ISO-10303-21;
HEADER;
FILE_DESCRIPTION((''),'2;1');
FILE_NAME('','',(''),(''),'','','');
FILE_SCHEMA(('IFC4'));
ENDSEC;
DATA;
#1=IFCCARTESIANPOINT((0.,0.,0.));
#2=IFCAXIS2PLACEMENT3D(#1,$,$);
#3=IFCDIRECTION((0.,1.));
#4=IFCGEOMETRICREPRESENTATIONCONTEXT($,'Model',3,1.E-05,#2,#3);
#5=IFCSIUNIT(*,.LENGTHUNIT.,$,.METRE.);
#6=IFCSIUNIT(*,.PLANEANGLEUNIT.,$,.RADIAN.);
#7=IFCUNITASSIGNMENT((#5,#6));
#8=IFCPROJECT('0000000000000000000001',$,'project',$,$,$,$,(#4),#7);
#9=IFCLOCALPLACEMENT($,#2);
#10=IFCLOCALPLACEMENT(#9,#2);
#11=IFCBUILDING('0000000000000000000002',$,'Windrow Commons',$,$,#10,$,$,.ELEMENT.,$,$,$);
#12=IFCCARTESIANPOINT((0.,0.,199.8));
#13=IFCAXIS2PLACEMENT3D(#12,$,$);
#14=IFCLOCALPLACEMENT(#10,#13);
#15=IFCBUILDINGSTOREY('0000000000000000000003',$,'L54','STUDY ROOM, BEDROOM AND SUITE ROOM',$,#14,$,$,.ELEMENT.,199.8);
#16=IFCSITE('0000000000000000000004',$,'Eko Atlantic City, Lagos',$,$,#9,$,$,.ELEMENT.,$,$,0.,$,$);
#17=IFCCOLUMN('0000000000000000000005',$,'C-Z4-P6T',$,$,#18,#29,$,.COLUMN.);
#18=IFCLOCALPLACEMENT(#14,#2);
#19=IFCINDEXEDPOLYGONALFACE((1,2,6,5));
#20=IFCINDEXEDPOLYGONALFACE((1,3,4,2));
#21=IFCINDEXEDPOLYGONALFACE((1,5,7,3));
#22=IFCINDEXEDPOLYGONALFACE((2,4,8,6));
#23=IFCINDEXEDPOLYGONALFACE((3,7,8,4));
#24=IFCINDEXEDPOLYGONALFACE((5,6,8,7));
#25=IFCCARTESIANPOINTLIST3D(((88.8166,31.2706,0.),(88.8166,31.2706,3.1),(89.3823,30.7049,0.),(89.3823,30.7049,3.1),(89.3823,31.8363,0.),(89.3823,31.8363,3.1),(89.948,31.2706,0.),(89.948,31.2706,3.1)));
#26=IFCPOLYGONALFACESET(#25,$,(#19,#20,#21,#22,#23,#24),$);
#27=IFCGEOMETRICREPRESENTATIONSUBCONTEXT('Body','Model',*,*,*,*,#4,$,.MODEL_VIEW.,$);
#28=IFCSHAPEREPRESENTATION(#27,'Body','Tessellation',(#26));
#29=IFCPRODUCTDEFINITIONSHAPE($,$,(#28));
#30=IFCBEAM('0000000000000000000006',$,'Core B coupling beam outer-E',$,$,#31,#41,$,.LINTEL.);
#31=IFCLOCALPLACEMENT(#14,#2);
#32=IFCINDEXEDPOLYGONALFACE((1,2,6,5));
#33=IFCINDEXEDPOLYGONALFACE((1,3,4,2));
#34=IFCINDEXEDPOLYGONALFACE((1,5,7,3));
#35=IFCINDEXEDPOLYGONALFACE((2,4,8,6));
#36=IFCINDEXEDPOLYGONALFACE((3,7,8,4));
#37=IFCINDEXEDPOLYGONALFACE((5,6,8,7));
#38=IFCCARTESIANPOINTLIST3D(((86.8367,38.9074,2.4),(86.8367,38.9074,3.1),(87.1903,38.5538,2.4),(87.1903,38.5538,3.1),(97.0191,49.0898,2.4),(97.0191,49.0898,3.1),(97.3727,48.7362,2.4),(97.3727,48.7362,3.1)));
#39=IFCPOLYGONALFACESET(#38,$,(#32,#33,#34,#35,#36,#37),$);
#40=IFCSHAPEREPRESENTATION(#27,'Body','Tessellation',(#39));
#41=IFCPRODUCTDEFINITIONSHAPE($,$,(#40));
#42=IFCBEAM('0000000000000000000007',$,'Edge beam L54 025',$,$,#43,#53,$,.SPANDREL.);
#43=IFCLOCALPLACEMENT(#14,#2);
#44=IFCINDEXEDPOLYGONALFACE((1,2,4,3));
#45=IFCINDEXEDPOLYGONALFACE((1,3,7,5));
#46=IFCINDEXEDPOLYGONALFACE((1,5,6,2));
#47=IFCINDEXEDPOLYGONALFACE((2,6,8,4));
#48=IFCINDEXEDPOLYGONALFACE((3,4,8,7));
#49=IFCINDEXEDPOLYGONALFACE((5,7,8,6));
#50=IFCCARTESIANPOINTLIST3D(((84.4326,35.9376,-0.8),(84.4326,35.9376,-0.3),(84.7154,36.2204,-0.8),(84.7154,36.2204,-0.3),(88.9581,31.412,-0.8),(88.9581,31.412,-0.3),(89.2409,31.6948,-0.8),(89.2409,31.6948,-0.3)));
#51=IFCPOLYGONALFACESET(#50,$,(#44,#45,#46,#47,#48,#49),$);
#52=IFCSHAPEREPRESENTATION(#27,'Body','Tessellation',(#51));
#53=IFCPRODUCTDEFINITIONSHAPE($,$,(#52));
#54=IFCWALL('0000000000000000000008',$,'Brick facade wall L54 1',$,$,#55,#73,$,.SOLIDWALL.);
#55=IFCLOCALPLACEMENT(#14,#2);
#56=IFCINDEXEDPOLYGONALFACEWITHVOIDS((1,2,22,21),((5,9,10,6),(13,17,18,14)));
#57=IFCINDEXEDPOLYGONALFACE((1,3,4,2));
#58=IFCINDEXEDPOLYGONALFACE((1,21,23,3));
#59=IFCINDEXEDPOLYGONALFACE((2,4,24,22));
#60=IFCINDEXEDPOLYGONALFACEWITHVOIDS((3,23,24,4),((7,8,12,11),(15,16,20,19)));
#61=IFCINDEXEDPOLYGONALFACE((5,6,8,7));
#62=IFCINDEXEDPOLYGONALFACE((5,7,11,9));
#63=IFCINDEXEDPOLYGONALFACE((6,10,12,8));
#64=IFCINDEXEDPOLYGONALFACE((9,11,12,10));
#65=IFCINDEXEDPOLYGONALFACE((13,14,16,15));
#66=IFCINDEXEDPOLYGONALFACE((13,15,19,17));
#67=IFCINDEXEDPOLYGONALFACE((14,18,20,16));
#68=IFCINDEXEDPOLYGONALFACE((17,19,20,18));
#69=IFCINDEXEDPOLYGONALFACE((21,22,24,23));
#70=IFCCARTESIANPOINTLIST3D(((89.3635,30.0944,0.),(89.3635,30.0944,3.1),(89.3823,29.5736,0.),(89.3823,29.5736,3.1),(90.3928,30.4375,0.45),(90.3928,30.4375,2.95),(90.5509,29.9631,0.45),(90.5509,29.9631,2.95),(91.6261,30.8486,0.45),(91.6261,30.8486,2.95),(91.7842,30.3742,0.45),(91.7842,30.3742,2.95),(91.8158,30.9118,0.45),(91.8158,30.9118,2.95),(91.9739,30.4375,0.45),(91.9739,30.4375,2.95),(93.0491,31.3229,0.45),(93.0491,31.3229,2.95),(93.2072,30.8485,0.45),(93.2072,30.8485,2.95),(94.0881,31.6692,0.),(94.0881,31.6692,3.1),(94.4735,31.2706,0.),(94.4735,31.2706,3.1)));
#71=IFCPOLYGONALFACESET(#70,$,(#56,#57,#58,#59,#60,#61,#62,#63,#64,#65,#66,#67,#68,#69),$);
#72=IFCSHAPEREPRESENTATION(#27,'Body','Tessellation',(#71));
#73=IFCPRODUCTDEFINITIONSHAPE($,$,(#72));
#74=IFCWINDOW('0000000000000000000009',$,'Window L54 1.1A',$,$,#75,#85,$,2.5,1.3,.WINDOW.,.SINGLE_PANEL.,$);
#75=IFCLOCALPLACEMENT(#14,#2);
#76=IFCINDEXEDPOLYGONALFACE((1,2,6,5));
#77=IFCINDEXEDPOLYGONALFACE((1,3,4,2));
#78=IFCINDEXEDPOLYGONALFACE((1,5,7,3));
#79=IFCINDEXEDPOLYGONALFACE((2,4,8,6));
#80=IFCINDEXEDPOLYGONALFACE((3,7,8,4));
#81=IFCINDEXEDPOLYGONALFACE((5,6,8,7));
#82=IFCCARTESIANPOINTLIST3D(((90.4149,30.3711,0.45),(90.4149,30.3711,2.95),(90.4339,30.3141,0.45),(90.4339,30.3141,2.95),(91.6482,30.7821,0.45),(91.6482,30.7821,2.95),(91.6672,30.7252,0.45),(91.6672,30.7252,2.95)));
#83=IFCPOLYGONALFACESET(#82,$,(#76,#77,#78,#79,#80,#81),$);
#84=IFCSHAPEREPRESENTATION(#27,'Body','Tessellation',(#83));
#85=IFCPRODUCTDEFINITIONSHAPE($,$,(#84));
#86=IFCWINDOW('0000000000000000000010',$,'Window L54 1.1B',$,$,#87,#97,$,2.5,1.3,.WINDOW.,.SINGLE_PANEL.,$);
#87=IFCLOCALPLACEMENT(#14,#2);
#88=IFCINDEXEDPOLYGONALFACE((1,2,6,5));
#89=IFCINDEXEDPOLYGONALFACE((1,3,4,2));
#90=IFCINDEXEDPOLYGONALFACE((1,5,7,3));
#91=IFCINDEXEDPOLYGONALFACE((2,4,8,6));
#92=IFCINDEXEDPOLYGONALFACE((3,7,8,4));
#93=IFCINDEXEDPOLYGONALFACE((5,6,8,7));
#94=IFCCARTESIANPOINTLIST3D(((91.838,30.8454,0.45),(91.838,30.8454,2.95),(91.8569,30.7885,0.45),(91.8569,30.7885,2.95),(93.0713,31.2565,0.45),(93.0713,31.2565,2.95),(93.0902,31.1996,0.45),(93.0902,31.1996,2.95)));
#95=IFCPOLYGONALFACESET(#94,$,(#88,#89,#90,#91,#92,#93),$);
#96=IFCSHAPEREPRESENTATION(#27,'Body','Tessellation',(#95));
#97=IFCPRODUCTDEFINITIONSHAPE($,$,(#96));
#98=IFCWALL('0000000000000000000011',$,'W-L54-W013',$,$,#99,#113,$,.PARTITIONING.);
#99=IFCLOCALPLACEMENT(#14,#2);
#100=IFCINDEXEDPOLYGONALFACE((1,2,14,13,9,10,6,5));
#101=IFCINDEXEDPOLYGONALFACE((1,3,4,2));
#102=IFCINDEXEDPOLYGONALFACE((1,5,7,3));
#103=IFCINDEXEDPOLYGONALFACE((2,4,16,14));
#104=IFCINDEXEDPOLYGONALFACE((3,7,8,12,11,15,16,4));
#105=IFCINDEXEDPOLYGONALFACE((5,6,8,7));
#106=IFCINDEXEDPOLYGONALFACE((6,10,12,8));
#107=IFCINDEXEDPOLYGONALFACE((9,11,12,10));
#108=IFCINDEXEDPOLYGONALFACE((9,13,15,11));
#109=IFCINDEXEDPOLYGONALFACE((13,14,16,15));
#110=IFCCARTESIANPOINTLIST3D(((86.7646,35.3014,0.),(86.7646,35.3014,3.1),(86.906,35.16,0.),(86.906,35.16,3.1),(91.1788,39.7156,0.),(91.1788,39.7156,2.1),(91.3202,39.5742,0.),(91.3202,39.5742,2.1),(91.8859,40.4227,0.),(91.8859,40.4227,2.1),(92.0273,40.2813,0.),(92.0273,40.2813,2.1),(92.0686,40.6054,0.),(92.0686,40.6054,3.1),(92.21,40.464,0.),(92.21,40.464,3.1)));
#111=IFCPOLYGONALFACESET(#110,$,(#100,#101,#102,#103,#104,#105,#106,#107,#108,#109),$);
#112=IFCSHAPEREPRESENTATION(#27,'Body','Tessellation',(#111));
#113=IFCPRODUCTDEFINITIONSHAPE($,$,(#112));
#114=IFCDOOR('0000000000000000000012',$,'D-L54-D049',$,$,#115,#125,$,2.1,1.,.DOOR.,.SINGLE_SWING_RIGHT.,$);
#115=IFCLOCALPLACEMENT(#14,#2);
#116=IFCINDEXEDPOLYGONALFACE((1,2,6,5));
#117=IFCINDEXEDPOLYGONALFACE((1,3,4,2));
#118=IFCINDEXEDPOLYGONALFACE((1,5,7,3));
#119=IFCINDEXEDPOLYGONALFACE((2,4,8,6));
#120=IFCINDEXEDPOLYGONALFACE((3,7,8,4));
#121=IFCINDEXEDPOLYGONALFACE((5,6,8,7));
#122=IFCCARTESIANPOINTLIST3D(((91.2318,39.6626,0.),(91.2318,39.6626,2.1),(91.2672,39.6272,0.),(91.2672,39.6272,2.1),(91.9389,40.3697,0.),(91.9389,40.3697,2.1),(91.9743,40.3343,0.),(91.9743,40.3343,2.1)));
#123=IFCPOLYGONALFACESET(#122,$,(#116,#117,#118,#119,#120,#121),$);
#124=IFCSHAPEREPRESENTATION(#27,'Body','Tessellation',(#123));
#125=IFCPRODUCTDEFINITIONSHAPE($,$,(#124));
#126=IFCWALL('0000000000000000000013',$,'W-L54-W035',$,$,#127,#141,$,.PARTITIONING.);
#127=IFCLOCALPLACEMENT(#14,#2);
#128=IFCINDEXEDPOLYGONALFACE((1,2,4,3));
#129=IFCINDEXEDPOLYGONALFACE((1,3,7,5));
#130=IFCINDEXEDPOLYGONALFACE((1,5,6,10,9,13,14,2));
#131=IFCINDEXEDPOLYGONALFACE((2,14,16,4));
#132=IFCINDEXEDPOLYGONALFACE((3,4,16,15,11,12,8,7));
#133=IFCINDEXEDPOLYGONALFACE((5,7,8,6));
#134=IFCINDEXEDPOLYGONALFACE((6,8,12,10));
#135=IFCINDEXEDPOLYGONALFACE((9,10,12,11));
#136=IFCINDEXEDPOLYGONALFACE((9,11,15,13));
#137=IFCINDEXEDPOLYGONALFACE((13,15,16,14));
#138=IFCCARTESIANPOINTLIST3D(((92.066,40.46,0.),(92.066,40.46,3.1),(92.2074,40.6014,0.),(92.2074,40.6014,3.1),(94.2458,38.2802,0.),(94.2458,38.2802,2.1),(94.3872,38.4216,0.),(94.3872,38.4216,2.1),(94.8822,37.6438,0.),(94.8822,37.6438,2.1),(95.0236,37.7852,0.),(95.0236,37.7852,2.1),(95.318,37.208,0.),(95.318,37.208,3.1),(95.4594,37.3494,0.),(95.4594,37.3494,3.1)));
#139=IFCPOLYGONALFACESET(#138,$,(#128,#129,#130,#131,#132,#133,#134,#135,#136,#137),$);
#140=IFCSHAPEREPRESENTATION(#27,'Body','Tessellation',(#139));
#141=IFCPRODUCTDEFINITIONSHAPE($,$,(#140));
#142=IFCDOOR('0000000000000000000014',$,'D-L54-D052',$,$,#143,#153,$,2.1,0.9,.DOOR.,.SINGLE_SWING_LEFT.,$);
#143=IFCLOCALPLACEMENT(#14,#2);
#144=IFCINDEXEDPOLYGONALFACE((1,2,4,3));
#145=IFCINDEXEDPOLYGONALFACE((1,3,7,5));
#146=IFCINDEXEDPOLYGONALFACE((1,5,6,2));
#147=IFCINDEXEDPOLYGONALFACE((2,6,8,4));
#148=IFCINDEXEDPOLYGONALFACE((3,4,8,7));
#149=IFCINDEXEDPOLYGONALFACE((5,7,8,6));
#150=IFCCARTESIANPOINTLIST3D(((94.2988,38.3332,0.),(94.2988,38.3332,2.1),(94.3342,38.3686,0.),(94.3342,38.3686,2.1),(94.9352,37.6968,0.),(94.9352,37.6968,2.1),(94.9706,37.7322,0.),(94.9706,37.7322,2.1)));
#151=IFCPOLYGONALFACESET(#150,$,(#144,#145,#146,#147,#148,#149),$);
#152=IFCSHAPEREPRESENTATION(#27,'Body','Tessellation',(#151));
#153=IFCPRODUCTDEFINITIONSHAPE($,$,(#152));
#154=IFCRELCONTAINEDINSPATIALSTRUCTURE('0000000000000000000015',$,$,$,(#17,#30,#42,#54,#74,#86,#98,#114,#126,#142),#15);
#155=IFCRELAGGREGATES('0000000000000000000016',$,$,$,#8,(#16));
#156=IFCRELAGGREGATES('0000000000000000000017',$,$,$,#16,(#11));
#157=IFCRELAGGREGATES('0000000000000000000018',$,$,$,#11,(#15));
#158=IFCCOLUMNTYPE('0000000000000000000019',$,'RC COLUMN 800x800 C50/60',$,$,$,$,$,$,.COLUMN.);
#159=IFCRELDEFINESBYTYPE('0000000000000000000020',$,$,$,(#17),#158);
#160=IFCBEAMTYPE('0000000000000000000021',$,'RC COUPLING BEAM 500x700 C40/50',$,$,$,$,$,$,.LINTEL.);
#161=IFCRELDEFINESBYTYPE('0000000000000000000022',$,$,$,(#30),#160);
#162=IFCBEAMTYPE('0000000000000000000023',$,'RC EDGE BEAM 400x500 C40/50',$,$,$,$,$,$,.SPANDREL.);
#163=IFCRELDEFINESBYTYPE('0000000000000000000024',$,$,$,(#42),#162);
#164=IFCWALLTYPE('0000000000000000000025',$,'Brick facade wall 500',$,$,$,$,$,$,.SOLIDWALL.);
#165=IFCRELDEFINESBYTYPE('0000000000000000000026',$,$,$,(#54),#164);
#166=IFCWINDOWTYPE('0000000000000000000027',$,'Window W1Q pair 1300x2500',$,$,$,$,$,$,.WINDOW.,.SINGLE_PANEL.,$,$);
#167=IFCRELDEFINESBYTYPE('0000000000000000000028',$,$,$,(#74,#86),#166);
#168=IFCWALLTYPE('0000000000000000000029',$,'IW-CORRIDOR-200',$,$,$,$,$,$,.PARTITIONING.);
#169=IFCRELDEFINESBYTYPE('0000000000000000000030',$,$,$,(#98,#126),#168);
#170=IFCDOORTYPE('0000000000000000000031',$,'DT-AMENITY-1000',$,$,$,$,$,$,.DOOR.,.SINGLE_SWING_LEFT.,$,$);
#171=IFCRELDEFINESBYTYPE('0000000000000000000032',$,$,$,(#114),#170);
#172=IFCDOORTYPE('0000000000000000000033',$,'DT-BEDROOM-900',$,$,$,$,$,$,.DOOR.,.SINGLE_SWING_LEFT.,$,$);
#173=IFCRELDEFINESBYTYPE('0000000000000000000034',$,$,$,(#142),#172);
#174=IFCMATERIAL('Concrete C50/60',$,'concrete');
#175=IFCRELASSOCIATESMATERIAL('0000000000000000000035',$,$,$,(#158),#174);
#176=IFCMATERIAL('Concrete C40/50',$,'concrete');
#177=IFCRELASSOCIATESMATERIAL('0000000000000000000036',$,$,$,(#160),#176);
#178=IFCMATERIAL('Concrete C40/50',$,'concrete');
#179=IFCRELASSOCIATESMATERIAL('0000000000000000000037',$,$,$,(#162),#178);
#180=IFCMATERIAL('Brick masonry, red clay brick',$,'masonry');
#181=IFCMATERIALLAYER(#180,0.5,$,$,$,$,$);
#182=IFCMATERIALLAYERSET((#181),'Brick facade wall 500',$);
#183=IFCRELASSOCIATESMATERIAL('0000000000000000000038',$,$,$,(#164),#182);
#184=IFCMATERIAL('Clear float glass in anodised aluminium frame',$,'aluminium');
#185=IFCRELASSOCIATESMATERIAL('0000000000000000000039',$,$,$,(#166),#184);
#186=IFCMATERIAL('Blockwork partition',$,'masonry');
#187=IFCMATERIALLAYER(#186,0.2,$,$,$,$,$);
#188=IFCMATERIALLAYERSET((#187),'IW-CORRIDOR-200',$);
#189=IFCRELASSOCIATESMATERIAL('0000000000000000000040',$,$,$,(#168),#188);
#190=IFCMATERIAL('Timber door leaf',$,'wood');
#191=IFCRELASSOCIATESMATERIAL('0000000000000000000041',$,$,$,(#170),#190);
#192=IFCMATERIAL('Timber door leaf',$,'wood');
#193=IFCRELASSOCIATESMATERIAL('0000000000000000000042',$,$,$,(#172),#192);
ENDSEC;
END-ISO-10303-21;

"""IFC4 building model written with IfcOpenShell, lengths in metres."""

from ifc_helpers import new_model, si_unit, direction, frame, frame_2d, origin, origin_2d, place, context, subcontext, project, spatial, polyline, rectangle, outline, extrude, material, layer, layer_set, material_profile, profile_set, type_object, element, fill, save


model = new_model("IFC4")

# Units and contexts
model_context = context("Model", 3, precision=1e-05, world=origin(), true_north=direction((0.0, 1.0)))
body_context = subcontext(model_context, "Body", "Model", "MODEL_VIEW")
ifc_project = project(units=[si_unit("LENGTHUNIT", "METRE"), si_unit("PLANEANGLEUNIT", "RADIAN")], contexts=[model_context])

# Site, building, storey
site_placement = place(None, origin())
site = spatial("IfcSite", under=ifc_project, at=site_placement, Name="Eko Atlantic City, Lagos", CompositionType="ELEMENT", RefElevation=0.0)
building_placement = place(site_placement, origin())
building = spatial("IfcBuilding", under=site, at=building_placement, Name="Windrow Commons", CompositionType="ELEMENT")
storey_placement = place(building_placement, frame((0.0, 0.0, 199.8)))
storey = spatial("IfcBuildingStorey", under=building, at=storey_placement, Name="L54", Description="STUDY ROOM, BEDROOM AND SUITE ROOM", CompositionType="ELEMENT", Elevation=199.8)

# Column
ifc_material_1 = material(Name="Concrete C50/60", Category="concrete")
ifc_material_profile_1 = material_profile(ifc_material_1, rectangle(XDim=0.8, YDim=0.8, at=origin_2d()))
ifc_profile_set_1 = profile_set([ifc_material_profile_1], Name="Concrete C50/60")
column_type = type_object("IfcColumnType", Name="RC COLUMN 800x800 C50/60", PredefinedType="COLUMN", material=ifc_profile_set_1)
column_placement = place(storey_placement, frame((89.3823, 31.2706, 0.0), z_axis=(0.0, 0.0, 1.0), x_axis=(0.707107, -0.707107, 0.0)))
element("IfcColumn", 1, at=column_placement, inside=storey, type_object=column_type, Name="C-Z4-P6T", PredefinedType="COLUMN", context=body_context, shape_type="SweptSolid", body=[
    extrude(rectangle(XDim=0.8, YDim=0.8, at=origin_2d()), origin(), (0.0, 0.0, 1.0), 3.1),
])

# Beams
ifc_material_2 = material(Name="Concrete C40/50", Category="concrete")
ifc_material_profile_2 = material_profile(ifc_material_2, rectangle(XDim=0.5, YDim=0.7, at=origin_2d()))
ifc_profile_set_2 = profile_set([ifc_material_profile_2], Name="Concrete C40/50")
beam_type_1 = type_object("IfcBeamType", Name="RC COUPLING BEAM 500x700 C40/50", PredefinedType="LINTEL", material=ifc_profile_set_2)
beam_1_placement = place(storey_placement, frame((87.0135, 38.7306, 2.75), z_axis=(0.707107, 0.707107, 0.0), x_axis=(-0.707107, 0.707107, 0.0)))
element("IfcBeam", 2, at=beam_1_placement, inside=storey, type_object=beam_type_1, Name="Core B coupling beam outer-E", PredefinedType="LINTEL", context=body_context, shape_type="SweptSolid", body=[
    extrude(rectangle(XDim=0.5, YDim=0.7, at=origin_2d()), origin(), (0.0, 0.0, 1.0), 14.4001),
])
ifc_material_3 = material(Name="Concrete C40/50", Category="concrete")
ifc_material_profile_3 = material_profile(ifc_material_3, rectangle(XDim=0.4, YDim=0.5, at=origin_2d()))
ifc_profile_set_3 = profile_set([ifc_material_profile_3], Name="Concrete C40/50")
beam_type_2 = type_object("IfcBeamType", Name="RC EDGE BEAM 400x500 C40/50", PredefinedType="SPANDREL", material=ifc_profile_set_3)
beam_2_placement = place(storey_placement, frame((89.0995, 31.5534, -0.55), z_axis=(-0.707099, 0.707115, 0.0), x_axis=(-0.707115, -0.707099, 0.0)))
element("IfcBeam", 3, at=beam_2_placement, inside=storey, type_object=beam_type_2, Name="Edge beam L54 025", PredefinedType="SPANDREL", context=body_context, shape_type="SweptSolid", body=[
    extrude(rectangle(XDim=0.4, YDim=0.5, at=origin_2d()), origin(), (0.0, 0.0, 1.0), 6.4001),
])

# Wall, openings, windows
ifc_material_4 = material(Name="Brick masonry, red clay brick", Category="masonry")
ifc_layer_1 = layer(ifc_material_4, 0.5)
ifc_layer_set_1 = layer_set([ifc_layer_1], Name="Brick facade wall 500")
wall_type_1 = type_object("IfcWallType", Name="Brick facade wall 500", PredefinedType="SOLIDWALL", material=ifc_layer_set_1)
wall_1_placement = place(storey_placement, frame((89.3729, 29.834, 0.0), z_axis=(0.0, 0.0, 1.0), x_axis=(0.948687, 0.316216, 0.0)))
wall_1 = element("IfcWall", 4, at=wall_1_placement, inside=storey, type_object=wall_type_1, Name="Brick facade wall L54 1", PredefinedType="SOLIDWALL", context=body_context, shape_type="SweptSolid", body=[
    extrude(outline(polyline([(-0.0734, -0.25), (5.2931, -0.25), (5.0536, 0.25), (0.0734, 0.25), (-0.0734, -0.25)])), origin(), (0.0, 0.0, 1.0), 3.1),
])
opening_1_placement = place(wall_1_placement, frame((1.1584, 0.0, 0.45)))
opening_1 = element("IfcOpeningElement", 5, at=opening_1_placement, cuts=wall_1, PredefinedType="OPENING", context=body_context, shape_type="SweptSolid", body=[
    extrude(rectangle(XDim=1.3, YDim=2.5, at=frame_2d((0.65, 1.25))), frame((0.0, 0.26, 0.0), z_axis=(0.0, -1.0, 0.0), x_axis=(1.0, 0.0, 0.0)), (0.0, 0.0, 1.0), 0.52),
])
opening_2_placement = place(wall_1_placement, frame((2.6584, 0.0, 0.45)))
opening_2 = element("IfcOpeningElement", 6, at=opening_2_placement, cuts=wall_1, PredefinedType="OPENING", context=body_context, shape_type="SweptSolid", body=[
    extrude(rectangle(XDim=1.3, YDim=2.5, at=frame_2d((0.65, 1.25))), frame((0.0, 0.26, 0.0), z_axis=(0.0, -1.0, 0.0), x_axis=(1.0, 0.0, 0.0)), (0.0, 0.0, 1.0), 0.52),
])
ifc_material_5 = material(Name="Clear float glass in anodised aluminium frame", Category="aluminium")
window_type = type_object("IfcWindowType", Name="Window W1Q pair 1300x2500", PartitioningType="SINGLE_PANEL", PredefinedType="WINDOW", material=ifc_material_5)
window_1_placement = place(opening_1_placement, origin())
window_1 = element("IfcWindow", 7, at=window_1_placement, inside=storey, type_object=window_type, Name="Window L54 1.1A", OverallHeight=2.5, OverallWidth=1.3, PartitioningType="SINGLE_PANEL", PredefinedType="WINDOW", context=body_context, shape_type="SweptSolid", body=[
    extrude(rectangle(XDim=1.3, YDim=2.5, at=frame_2d((0.65, 1.25))), frame((0.0, 0.18, 0.0), z_axis=(0.0, -1.0, 0.0), x_axis=(1.0, 0.0, 0.0)), (0.0, 0.0, 1.0), 0.06),
])
fill(opening_1, window_1)
window_2_placement = place(opening_2_placement, origin())
window_2 = element("IfcWindow", 8, at=window_2_placement, inside=storey, type_object=window_type, Name="Window L54 1.1B", OverallHeight=2.5, OverallWidth=1.3, PartitioningType="SINGLE_PANEL", PredefinedType="WINDOW", context=body_context, shape_type="SweptSolid", body=[
    extrude(rectangle(XDim=1.3, YDim=2.5, at=frame_2d((0.65, 1.25))), frame((0.0, 0.18, 0.0), z_axis=(0.0, -1.0, 0.0), x_axis=(1.0, 0.0, 0.0)), (0.0, 0.0, 1.0), 0.06),
])
fill(opening_2, window_2)

# Walls, openings, doors
ifc_material_6 = material(Name="Blockwork partition", Category="masonry")
ifc_layer_2 = layer(ifc_material_6, 0.2)
ifc_layer_set_2 = layer_set([ifc_layer_2], Name="IW-CORRIDOR-200")
wall_type_2 = type_object("IfcWallType", Name="IW-CORRIDOR-200", PredefinedType="PARTITIONING", material=ifc_layer_set_2)
wall_2_placement = place(storey_placement, frame((86.8353, 35.2307, 0.0), z_axis=(0.0, 0.0, 1.0), x_axis=(0.707107, 0.707107, 0.0)))
wall_2 = element("IfcWall", 9, at=wall_2_placement, inside=storey, type_object=wall_type_2, Name="W-L54-W013", PredefinedType="PARTITIONING", context=body_context, shape_type="SweptSolid", body=[
    extrude(rectangle(XDim=7.501, YDim=0.2, at=frame_2d((3.7505, 0.0))), origin(), (0.0, 0.0, 1.0), 3.1),
])
opening_3_placement = place(wall_2_placement, frame((6.2426, 0.0, 0.0)))
opening_3 = element("IfcOpeningElement", 10, at=opening_3_placement, cuts=wall_2, PredefinedType="OPENING", context=body_context, shape_type="SweptSolid", body=[
    extrude(rectangle(XDim=1.0, YDim=2.1, at=frame_2d((0.5, 1.05))), frame((0.0, 0.11, 0.0), z_axis=(0.0, -1.0, 0.0), x_axis=(1.0, 0.0, 0.0)), (0.0, 0.0, 1.0), 0.22),
])
ifc_material_7 = material(Name="Timber door leaf", Category="wood")
door_type_1 = type_object("IfcDoorType", Name="DT-AMENITY-1000", OperationType="SINGLE_SWING_LEFT", PredefinedType="DOOR", material=ifc_material_7)
door_1_placement = place(opening_3_placement, origin())
door_1 = element("IfcDoor", 11, at=door_1_placement, inside=storey, type_object=door_type_1, Name="D-L54-D049", OperationType="SINGLE_SWING_RIGHT", OverallHeight=2.1, OverallWidth=1.0, PredefinedType="DOOR", context=body_context, shape_type="SweptSolid", body=[
    extrude(rectangle(XDim=1.0, YDim=2.1, at=frame_2d((0.5, 1.05))), frame((0.0, 0.025, 0.0), z_axis=(0.0, -1.0, 0.0), x_axis=(1.0, 0.0, 0.0)), (0.0, 0.0, 1.0), 0.05),
])
fill(opening_3, door_1)
wall_3_placement = place(storey_placement, frame((92.1367, 40.5307, 0.0), z_axis=(0.0, 0.0, 1.0), x_axis=(0.707107, -0.707107, 0.0)))
wall_3 = element("IfcWall", 12, at=wall_3_placement, inside=storey, type_object=wall_type_2, Name="W-L54-W035", PredefinedType="PARTITIONING", context=body_context, shape_type="SweptSolid", body=[
    extrude(rectangle(XDim=4.599, YDim=0.2, at=frame_2d((2.2995, 0.0))), origin(), (0.0, 0.0, 1.0), 3.1),
])
opening_4_placement = place(wall_3_placement, frame((3.0827, 0.0, 0.0)))
opening_4 = element("IfcOpeningElement", 13, at=opening_4_placement, cuts=wall_3, PredefinedType="OPENING", context=body_context, shape_type="SweptSolid", body=[
    extrude(rectangle(XDim=0.9, YDim=2.1, at=frame_2d((0.45, 1.05))), frame((0.0, 0.11, 0.0), z_axis=(0.0, -1.0, 0.0), x_axis=(1.0, 0.0, 0.0)), (0.0, 0.0, 1.0), 0.22),
])
ifc_material_8 = material(Name="Timber door leaf", Category="wood")
door_type_2 = type_object("IfcDoorType", Name="DT-BEDROOM-900", OperationType="SINGLE_SWING_LEFT", PredefinedType="DOOR", material=ifc_material_8)
door_2_placement = place(opening_4_placement, origin())
door_2 = element("IfcDoor", 14, at=door_2_placement, inside=storey, type_object=door_type_2, Name="D-L54-D052", OperationType="SINGLE_SWING_LEFT", OverallHeight=2.1, OverallWidth=0.9, PredefinedType="DOOR", context=body_context, shape_type="SweptSolid", body=[
    extrude(rectangle(XDim=0.9, YDim=2.1, at=frame_2d((0.45, 1.05))), frame((0.0, 0.025, 0.0), z_axis=(0.0, -1.0, 0.0), x_axis=(1.0, 0.0, 0.0)), (0.0, 0.0, 1.0), 0.05),
])
fill(opening_4, door_2)

save(model, "model.ifc")
